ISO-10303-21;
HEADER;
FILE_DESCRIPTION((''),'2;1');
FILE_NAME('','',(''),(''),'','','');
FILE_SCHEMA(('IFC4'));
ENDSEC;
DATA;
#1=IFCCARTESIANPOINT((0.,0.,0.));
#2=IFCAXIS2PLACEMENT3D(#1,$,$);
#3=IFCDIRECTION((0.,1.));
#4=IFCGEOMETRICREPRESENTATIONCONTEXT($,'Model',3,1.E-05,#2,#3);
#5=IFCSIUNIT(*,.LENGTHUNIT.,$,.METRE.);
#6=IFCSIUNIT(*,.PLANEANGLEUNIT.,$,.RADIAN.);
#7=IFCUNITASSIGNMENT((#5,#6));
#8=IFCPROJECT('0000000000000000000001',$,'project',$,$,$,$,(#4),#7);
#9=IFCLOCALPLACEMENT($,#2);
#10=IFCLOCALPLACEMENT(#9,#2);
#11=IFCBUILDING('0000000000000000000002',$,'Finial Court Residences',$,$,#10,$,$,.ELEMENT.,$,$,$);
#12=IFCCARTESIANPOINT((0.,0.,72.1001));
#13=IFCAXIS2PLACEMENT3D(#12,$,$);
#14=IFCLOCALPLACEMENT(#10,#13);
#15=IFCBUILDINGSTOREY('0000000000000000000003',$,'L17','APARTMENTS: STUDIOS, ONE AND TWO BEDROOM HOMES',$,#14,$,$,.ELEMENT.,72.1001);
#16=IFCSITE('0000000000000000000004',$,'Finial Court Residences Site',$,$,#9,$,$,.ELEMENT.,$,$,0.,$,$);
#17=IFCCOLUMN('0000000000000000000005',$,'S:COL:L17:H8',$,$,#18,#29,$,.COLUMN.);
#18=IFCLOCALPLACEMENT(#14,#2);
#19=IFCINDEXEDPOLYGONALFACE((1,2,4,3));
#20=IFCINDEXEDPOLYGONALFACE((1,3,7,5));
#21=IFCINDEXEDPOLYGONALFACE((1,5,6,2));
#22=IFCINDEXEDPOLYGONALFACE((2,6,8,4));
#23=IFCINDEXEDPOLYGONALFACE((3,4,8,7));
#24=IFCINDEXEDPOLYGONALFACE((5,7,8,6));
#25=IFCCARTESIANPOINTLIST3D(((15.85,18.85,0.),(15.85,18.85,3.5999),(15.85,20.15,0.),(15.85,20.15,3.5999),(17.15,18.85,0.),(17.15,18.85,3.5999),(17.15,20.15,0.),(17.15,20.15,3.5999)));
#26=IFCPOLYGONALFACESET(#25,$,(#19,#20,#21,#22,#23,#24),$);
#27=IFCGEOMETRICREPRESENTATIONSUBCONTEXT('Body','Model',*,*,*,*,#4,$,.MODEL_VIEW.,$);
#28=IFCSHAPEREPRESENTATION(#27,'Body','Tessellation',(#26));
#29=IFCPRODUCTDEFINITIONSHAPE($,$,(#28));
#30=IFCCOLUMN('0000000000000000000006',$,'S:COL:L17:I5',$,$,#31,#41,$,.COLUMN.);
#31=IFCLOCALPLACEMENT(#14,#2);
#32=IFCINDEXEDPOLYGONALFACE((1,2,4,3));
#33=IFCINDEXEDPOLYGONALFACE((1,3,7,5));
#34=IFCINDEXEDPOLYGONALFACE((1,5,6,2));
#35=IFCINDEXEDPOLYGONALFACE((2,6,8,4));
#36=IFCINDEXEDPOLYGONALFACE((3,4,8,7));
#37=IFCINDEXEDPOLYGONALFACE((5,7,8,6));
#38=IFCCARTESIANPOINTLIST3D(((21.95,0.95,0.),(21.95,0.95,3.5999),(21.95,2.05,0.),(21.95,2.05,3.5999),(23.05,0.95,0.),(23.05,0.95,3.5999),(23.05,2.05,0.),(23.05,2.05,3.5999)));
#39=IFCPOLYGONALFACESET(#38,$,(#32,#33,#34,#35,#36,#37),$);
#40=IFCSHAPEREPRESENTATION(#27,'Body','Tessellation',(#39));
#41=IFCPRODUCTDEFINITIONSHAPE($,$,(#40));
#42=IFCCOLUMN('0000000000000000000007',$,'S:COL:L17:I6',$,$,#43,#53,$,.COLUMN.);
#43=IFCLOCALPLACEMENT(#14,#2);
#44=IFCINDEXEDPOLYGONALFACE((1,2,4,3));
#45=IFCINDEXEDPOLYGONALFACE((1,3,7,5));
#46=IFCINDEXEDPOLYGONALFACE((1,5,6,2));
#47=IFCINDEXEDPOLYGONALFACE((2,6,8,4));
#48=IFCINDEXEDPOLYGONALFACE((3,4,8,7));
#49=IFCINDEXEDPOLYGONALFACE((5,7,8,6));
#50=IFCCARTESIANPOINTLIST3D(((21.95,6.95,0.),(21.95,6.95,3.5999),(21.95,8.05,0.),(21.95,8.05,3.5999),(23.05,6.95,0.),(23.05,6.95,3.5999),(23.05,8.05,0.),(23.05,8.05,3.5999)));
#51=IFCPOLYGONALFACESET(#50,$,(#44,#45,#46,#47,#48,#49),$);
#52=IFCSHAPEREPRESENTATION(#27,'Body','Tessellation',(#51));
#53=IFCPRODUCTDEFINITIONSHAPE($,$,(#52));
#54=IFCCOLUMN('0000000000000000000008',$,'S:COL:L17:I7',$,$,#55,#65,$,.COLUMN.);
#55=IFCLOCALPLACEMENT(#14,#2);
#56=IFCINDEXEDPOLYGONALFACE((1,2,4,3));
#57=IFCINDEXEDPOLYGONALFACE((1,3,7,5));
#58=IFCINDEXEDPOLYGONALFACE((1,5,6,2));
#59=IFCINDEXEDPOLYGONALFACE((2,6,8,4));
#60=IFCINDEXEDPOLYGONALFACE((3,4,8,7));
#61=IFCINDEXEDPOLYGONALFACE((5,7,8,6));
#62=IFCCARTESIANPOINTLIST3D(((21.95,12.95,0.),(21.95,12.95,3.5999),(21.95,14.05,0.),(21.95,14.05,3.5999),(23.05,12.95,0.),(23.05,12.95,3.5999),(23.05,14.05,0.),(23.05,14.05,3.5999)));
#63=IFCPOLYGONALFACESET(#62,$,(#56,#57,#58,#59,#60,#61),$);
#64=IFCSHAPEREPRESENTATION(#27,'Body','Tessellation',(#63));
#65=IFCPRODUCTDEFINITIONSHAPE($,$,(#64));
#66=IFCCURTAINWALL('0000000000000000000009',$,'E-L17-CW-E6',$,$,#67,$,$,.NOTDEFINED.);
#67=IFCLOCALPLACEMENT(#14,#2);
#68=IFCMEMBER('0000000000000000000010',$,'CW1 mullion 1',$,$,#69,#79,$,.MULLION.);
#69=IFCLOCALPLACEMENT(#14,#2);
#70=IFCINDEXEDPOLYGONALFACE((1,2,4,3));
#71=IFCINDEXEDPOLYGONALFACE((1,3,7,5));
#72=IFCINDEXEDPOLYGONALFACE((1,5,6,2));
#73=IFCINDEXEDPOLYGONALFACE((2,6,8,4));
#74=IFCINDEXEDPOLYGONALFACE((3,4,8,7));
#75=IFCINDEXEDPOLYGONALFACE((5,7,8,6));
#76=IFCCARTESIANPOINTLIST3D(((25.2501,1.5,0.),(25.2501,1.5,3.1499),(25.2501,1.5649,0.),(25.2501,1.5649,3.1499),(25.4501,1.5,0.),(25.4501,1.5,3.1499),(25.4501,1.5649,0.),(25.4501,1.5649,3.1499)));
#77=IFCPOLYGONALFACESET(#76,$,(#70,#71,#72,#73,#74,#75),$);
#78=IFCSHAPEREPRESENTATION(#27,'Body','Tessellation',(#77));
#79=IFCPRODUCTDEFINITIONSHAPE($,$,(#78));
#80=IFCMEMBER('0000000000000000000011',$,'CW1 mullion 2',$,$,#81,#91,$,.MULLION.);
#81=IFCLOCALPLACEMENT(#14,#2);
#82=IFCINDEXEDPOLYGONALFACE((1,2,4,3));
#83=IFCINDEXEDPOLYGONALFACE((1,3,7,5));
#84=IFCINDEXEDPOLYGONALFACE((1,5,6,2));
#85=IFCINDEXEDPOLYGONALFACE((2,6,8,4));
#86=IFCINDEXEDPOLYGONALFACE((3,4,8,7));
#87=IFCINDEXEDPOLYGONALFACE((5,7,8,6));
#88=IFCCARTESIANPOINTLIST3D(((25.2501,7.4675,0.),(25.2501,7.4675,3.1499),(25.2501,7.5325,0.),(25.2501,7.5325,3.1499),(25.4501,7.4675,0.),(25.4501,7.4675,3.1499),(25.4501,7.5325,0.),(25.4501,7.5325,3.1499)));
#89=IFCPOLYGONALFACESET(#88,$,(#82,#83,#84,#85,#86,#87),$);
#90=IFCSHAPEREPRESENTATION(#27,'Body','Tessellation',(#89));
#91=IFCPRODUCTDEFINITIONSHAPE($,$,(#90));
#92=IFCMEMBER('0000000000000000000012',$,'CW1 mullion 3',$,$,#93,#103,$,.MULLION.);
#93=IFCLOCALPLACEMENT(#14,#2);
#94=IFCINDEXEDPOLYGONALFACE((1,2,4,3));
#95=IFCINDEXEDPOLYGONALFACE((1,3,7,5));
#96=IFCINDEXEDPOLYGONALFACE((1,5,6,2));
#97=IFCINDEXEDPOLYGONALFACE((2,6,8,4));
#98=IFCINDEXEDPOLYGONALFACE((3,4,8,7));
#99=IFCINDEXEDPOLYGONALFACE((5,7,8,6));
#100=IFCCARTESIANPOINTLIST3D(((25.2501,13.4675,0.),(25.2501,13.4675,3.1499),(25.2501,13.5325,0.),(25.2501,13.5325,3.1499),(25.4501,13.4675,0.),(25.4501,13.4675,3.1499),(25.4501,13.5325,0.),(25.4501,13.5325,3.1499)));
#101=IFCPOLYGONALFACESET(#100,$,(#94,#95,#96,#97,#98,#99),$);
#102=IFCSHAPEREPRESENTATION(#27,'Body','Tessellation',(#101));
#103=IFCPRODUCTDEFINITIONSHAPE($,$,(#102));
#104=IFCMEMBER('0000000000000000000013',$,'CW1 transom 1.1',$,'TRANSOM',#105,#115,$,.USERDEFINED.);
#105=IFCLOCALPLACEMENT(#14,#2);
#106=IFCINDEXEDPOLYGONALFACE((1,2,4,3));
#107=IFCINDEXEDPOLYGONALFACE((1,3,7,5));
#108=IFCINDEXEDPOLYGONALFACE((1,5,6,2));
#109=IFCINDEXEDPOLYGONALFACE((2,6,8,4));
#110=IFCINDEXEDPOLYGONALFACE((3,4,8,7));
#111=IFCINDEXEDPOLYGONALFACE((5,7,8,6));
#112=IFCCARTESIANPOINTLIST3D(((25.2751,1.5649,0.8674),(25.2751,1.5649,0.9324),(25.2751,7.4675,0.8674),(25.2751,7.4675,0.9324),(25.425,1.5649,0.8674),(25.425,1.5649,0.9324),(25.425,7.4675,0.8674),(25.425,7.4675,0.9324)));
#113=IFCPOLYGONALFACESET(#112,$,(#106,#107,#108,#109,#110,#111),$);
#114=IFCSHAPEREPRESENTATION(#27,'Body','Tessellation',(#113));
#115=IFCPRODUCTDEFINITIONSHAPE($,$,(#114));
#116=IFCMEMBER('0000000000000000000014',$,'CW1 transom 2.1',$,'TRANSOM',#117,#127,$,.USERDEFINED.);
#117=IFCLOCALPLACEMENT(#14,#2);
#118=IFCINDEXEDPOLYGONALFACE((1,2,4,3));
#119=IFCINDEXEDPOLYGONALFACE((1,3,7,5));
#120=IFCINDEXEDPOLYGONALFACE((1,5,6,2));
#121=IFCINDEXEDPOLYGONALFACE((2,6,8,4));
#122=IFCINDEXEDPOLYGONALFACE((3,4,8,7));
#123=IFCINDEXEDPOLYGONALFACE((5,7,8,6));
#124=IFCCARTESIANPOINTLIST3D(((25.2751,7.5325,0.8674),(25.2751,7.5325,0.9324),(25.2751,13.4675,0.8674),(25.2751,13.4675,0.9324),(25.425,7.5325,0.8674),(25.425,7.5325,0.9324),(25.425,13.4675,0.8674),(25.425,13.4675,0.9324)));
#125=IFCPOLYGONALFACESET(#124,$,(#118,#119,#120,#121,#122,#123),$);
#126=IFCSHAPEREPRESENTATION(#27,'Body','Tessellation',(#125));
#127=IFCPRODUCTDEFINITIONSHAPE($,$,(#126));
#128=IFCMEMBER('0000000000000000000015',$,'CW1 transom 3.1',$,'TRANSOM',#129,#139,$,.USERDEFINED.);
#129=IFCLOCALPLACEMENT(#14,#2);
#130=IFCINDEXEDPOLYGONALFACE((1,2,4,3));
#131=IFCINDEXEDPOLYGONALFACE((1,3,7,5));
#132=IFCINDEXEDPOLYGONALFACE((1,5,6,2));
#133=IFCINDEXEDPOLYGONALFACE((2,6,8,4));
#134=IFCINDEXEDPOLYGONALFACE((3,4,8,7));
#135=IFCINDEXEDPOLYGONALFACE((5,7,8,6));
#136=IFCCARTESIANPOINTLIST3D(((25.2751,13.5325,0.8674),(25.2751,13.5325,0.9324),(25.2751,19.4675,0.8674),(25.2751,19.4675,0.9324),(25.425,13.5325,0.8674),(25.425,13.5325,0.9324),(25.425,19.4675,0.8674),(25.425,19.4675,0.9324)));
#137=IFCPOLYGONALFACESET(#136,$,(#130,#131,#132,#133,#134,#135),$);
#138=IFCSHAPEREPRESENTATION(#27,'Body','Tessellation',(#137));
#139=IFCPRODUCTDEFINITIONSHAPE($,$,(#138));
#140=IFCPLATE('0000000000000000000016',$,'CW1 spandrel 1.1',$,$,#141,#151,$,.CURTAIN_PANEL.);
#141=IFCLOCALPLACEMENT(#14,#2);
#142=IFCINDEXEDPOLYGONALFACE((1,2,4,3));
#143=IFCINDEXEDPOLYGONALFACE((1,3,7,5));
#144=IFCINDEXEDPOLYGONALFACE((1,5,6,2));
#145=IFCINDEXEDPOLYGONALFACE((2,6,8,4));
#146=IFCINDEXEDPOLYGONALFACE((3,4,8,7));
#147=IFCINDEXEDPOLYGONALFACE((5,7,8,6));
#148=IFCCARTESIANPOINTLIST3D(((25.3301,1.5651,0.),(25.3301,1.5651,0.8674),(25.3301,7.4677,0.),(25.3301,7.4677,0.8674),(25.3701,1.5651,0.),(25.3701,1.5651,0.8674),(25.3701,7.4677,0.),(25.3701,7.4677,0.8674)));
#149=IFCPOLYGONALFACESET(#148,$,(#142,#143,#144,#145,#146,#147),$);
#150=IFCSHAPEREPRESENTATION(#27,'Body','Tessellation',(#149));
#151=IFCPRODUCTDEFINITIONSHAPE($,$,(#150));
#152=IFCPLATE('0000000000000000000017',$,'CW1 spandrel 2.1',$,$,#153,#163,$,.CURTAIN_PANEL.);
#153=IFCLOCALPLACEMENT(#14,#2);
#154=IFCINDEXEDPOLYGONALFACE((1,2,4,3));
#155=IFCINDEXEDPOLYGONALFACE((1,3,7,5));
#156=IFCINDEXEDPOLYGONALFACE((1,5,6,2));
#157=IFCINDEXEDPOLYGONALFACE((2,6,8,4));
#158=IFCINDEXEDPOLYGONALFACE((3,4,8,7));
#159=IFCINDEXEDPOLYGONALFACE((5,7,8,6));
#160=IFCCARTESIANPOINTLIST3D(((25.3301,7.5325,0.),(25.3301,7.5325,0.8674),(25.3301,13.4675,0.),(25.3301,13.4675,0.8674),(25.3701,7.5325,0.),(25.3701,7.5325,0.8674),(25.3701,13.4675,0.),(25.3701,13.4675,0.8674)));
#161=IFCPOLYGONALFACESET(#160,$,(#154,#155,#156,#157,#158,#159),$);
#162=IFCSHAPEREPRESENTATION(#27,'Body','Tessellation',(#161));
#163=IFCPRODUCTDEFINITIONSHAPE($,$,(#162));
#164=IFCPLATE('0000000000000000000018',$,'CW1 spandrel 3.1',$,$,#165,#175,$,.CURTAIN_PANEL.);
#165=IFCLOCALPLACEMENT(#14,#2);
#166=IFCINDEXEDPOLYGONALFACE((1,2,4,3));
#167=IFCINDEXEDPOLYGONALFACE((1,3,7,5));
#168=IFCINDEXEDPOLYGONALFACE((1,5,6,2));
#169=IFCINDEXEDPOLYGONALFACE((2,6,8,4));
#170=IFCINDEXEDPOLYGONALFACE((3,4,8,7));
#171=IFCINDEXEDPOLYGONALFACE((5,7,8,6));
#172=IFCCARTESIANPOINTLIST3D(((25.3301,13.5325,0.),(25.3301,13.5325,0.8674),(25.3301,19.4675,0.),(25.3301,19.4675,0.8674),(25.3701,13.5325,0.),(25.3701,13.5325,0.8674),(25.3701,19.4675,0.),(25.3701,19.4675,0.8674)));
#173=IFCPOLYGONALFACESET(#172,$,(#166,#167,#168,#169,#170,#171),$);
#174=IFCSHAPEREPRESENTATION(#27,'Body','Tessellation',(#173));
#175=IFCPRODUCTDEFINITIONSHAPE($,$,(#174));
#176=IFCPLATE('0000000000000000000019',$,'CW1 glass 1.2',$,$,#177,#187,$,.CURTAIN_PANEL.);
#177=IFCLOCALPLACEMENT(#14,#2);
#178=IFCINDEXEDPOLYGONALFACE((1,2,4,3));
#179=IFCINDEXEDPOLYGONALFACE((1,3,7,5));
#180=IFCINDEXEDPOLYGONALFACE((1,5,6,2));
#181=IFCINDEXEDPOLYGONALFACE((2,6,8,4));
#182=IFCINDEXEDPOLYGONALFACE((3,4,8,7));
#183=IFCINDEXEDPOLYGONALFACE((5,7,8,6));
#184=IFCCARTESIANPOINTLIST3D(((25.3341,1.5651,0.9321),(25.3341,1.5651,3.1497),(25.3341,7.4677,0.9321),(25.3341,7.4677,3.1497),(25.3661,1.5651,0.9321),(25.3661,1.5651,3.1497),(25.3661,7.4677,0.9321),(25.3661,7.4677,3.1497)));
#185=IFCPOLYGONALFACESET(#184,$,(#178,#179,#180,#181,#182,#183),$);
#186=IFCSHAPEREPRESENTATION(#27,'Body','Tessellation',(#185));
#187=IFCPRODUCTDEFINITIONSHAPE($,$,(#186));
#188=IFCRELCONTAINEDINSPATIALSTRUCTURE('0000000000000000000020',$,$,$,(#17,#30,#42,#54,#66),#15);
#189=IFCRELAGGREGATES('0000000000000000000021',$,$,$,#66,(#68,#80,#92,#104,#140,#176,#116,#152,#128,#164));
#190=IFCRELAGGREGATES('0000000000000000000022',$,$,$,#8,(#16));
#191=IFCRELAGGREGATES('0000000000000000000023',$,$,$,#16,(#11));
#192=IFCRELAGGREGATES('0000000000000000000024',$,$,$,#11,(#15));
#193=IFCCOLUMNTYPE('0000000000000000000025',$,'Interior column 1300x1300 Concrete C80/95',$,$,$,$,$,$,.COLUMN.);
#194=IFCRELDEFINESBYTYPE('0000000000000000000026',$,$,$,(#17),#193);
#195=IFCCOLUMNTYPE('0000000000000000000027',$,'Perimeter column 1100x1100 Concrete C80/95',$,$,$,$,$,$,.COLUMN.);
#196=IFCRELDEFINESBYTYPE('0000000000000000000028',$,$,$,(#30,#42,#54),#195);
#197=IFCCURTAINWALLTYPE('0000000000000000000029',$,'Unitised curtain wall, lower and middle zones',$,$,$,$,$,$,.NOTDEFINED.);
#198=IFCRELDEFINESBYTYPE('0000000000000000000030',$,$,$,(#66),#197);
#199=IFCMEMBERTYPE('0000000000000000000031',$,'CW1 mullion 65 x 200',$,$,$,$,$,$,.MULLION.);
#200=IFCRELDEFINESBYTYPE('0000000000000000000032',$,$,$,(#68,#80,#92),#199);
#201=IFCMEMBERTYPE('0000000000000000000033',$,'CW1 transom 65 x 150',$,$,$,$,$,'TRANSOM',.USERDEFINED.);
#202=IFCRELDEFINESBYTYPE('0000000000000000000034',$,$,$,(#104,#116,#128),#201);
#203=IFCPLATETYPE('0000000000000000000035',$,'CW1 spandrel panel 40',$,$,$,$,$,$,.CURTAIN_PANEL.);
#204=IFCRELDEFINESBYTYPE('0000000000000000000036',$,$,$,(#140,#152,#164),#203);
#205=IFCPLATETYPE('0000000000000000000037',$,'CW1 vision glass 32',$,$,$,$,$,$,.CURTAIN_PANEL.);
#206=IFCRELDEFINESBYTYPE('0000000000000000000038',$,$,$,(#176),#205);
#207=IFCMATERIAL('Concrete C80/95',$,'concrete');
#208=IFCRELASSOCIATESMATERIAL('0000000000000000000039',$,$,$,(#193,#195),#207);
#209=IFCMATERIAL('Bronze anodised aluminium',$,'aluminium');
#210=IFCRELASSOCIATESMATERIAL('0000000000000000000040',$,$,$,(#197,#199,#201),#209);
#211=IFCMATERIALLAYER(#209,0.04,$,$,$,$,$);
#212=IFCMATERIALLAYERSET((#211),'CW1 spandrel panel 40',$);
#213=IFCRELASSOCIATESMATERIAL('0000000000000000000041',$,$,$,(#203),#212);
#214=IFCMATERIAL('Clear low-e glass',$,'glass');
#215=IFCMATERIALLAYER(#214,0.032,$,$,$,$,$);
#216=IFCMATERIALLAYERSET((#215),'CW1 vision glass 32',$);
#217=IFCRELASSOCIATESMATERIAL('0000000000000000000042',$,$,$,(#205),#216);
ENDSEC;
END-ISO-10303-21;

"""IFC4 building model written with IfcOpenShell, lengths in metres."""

from ifc_helpers import new_model, si_unit, direction, frame, origin, origin_2d, place, context, subcontext, project, spatial, rectangle, extrude, material, layer, layer_set, material_profile, profile_set, type_object, element, aggregate, save


model = new_model("IFC4")

# Units and contexts
model_context = context("Model", 3, precision=1e-05, world=origin(), true_north=direction((0.0, 1.0)))
body_context = subcontext(model_context, "Body", "Model", "MODEL_VIEW")
ifc_project = project(units=[si_unit("LENGTHUNIT", "METRE"), si_unit("PLANEANGLEUNIT", "RADIAN")], contexts=[model_context])

# Site, building, storey
site_placement = place(None, origin())
site = spatial("IfcSite", under=ifc_project, at=site_placement, Name="Finial Court Residences Site", CompositionType="ELEMENT", RefElevation=0.0)
building_placement = place(site_placement, origin())
building = spatial("IfcBuilding", under=site, at=building_placement, Name="Finial Court Residences", CompositionType="ELEMENT")
storey_placement = place(building_placement, frame((0.0, 0.0, 72.1001)))
storey = spatial("IfcBuildingStorey", under=building, at=storey_placement, Name="L17", Description="APARTMENTS: STUDIOS, ONE AND TWO BEDROOM HOMES", CompositionType="ELEMENT", Elevation=72.1001)

# Columns
ifc_material_1 = material(Name="Concrete C80/95", Category="concrete")
ifc_material_profile_1 = material_profile(ifc_material_1, rectangle(XDim=1.3, YDim=1.3, at=origin_2d()), Name="1300x1300")
ifc_profile_set_1 = profile_set([ifc_material_profile_1], Name="Concrete C80/95")
column_type_1 = type_object("IfcColumnType", Name="Interior column 1300x1300 Concrete C80/95", PredefinedType="COLUMN", material=ifc_profile_set_1)
column_placement = place(storey_placement, frame((16.5, 19.5, 0.0), z_axis=(0.0, 0.0, 1.0), x_axis=(1.0, 0.0, 0.0)))
element("IfcColumn", 1, at=column_placement, inside=storey, type_object=column_type_1, Name="S:COL:L17:H8", PredefinedType="COLUMN", context=body_context, shape_type="SweptSolid", body=[
    extrude(rectangle(XDim=1.3, YDim=1.3, at=origin_2d()), origin(), (0.0, 0.0, 1.0), 3.5999),
])
ifc_material_profile_2 = material_profile(ifc_material_1, rectangle(XDim=1.1001, YDim=1.1001, at=origin_2d()), Name="1100x1100")
ifc_profile_set_2 = profile_set([ifc_material_profile_2], Name="Concrete C80/95")
column_type_2 = type_object("IfcColumnType", Name="Perimeter column 1100x1100 Concrete C80/95", PredefinedType="COLUMN", material=ifc_profile_set_2)
for number, where, z_axis, x_axis, name in (
    (2, (22.5, 1.5, 0.0), (0.0, 0.0, 1.0), (1.0, 0.0, 0.0), "S:COL:L17:I5"),
    (3, (22.5, 7.5, 0.0), (0.0, 0.0, 1.0), (1.0, 0.0, 0.0), "S:COL:L17:I6"),
    (4, (22.5, 13.5, 0.0), (0.0, 0.0, 1.0), (1.0, 0.0, 0.0), "S:COL:L17:I7"),
):
    element("IfcColumn", number, at=place(storey_placement, frame(where, z_axis=z_axis, x_axis=x_axis)), inside=storey, type_object=column_type_2, Name=name, PredefinedType="COLUMN", context=body_context, shape_type="SweptSolid", body=[
        extrude(rectangle(XDim=1.1001, YDim=1.1001, at=origin_2d()), origin(), (0.0, 0.0, 1.0), 3.5999),
    ])

# Curtain wall, members, plates
ifc_material_2 = material(Name="Bronze anodised aluminium", Category="aluminium")
curtain_wall_type = type_object("IfcCurtainWallType", Name="Unitised curtain wall, lower and middle zones", PredefinedType="NOTDEFINED", material=ifc_material_2)
curtain_wall_placement = place(storey_placement, origin())
curtain_wall = element("IfcCurtainWall", 5, at=curtain_wall_placement, inside=storey, type_object=curtain_wall_type, Name="E-L17-CW-E6", PredefinedType="NOTDEFINED")
ifc_material_profile_3 = material_profile(ifc_material_2, rectangle(XDim=0.2, YDim=0.0649, at=origin_2d()), Name="CW1 mullion 65 x 200")
ifc_profile_set_3 = profile_set([ifc_material_profile_3], Name="Bronze anodised aluminium")
member_type_1 = type_object("IfcMemberType", Name="CW1 mullion 65 x 200", PredefinedType="MULLION", material=ifc_profile_set_3)
member_1_placement = place(storey_placement, frame((25.3501, 1.5325, 0.0), z_axis=(0.0, 0.0, 1.0), x_axis=(-1.0, 0.0, 0.0)))
member_1 = element("IfcMember", 6, at=member_1_placement, type_object=member_type_1, Name="CW1 mullion 1", PredefinedType="MULLION", context=body_context, shape_type="SweptSolid", body=[
    extrude(rectangle(XDim=0.2, YDim=0.0649, at=origin_2d()), origin(), (0.0, 0.0, 1.0), 3.1499),
])
member_2_placement = place(storey_placement, frame((25.3501, 7.5, 0.0), z_axis=(0.0, 0.0, 1.0), x_axis=(-1.0, 0.0, 0.0)))
member_2 = element("IfcMember", 7, at=member_2_placement, type_object=member_type_1, Name="CW1 mullion 2", PredefinedType="MULLION", context=body_context, shape_type="SweptSolid", body=[
    extrude(rectangle(XDim=0.2, YDim=0.0649, at=origin_2d()), origin(), (0.0, 0.0, 1.0), 3.1499),
])
member_3_placement = place(storey_placement, frame((25.3501, 13.5, 0.0), z_axis=(0.0, 0.0, 1.0), x_axis=(-1.0, 0.0, 0.0)))
member_3 = element("IfcMember", 8, at=member_3_placement, type_object=member_type_1, Name="CW1 mullion 3", PredefinedType="MULLION", context=body_context, shape_type="SweptSolid", body=[
    extrude(rectangle(XDim=0.2, YDim=0.0649, at=origin_2d()), origin(), (0.0, 0.0, 1.0), 3.1499),
])
ifc_material_profile_4 = material_profile(ifc_material_2, rectangle(XDim=0.1499, YDim=0.0649, at=origin_2d()), Name="CW1 transom 65 x 150")
ifc_profile_set_4 = profile_set([ifc_material_profile_4], Name="Bronze anodised aluminium")
member_type_2 = type_object("IfcMemberType", Name="CW1 transom 65 x 150", ElementType="TRANSOM", PredefinedType="USERDEFINED", material=ifc_profile_set_4)
member_4_placement = place(storey_placement, frame((25.3501, 1.5649, 0.8999), z_axis=(0.0, 1.0, 0.0), x_axis=(-1.0, 0.0, 0.0)))
member_4 = element("IfcMember", 9, at=member_4_placement, type_object=member_type_2, Name="CW1 transom 1.1", ObjectType="TRANSOM", PredefinedType="USERDEFINED", context=body_context, shape_type="SweptSolid", body=[
    extrude(rectangle(XDim=0.1499, YDim=0.0649, at=origin_2d()), origin(), (0.0, 0.0, 1.0), 5.9026),
])
member_5_placement = place(storey_placement, frame((25.3501, 7.5325, 0.8999), z_axis=(0.0, 1.0, 0.0), x_axis=(-1.0, 0.0, 0.0)))
member_5 = element("IfcMember", 10, at=member_5_placement, type_object=member_type_2, Name="CW1 transom 2.1", ObjectType="TRANSOM", PredefinedType="USERDEFINED", context=body_context, shape_type="SweptSolid", body=[
    extrude(rectangle(XDim=0.1499, YDim=0.0649, at=origin_2d()), origin(), (0.0, 0.0, 1.0), 5.9351),
])
member_6_placement = place(storey_placement, frame((25.3501, 13.5325, 0.8999), z_axis=(0.0, 1.0, 0.0), x_axis=(-1.0, 0.0, 0.0)))
member_6 = element("IfcMember", 11, at=member_6_placement, type_object=member_type_2, Name="CW1 transom 3.1", ObjectType="TRANSOM", PredefinedType="USERDEFINED", context=body_context, shape_type="SweptSolid", body=[
    extrude(rectangle(XDim=0.1499, YDim=0.0649, at=origin_2d()), origin(), (0.0, 0.0, 1.0), 5.9351),
])
ifc_layer_1 = layer(ifc_material_2, 0.04)
ifc_layer_set_1 = layer_set([ifc_layer_1], Name="CW1 spandrel panel 40")
plate_type_1 = type_object("IfcPlateType", Name="CW1 spandrel panel 40", PredefinedType="CURTAIN_PANEL", material=ifc_layer_set_1)
plate_1_placement = place(storey_placement, frame((25.3501, 4.5164, 0.0), z_axis=(0.0, 0.0, 1.0), x_axis=(0.0, 1.0, 0.0)))
plate_1 = element("IfcPlate", 12, at=plate_1_placement, type_object=plate_type_1, Name="CW1 spandrel 1.1", PredefinedType="CURTAIN_PANEL", context=body_context, shape_type="SweptSolid", body=[
    extrude(rectangle(XDim=5.9026, YDim=0.04, at=origin_2d()), origin(), (0.0, 0.0, 1.0), 0.8674),
])
plate_2_placement = place(storey_placement, frame((25.3501, 10.5, 0.0), z_axis=(0.0, 0.0, 1.0), x_axis=(0.0, 1.0, 0.0)))
plate_2 = element("IfcPlate", 13, at=plate_2_placement, type_object=plate_type_1, Name="CW1 spandrel 2.1", PredefinedType="CURTAIN_PANEL", context=body_context, shape_type="SweptSolid", body=[
    extrude(rectangle(XDim=5.9351, YDim=0.04, at=origin_2d()), origin(), (0.0, 0.0, 1.0), 0.8674),
])
plate_3_placement = place(storey_placement, frame((25.3501, 16.5, 0.0), z_axis=(0.0, 0.0, 1.0), x_axis=(0.0, 1.0, 0.0)))
plate_3 = element("IfcPlate", 14, at=plate_3_placement, type_object=plate_type_1, Name="CW1 spandrel 3.1", PredefinedType="CURTAIN_PANEL", context=body_context, shape_type="SweptSolid", body=[
    extrude(rectangle(XDim=5.9351, YDim=0.04, at=origin_2d()), origin(), (0.0, 0.0, 1.0), 0.8674),
])
ifc_material_3 = material(Name="Clear low-e glass", Category="glass")
ifc_layer_2 = layer(ifc_material_3, 0.032)
ifc_layer_set_2 = layer_set([ifc_layer_2], Name="CW1 vision glass 32")
plate_type_2 = type_object("IfcPlateType", Name="CW1 vision glass 32", PredefinedType="CURTAIN_PANEL", material=ifc_layer_set_2)
plate_4_placement = place(storey_placement, frame((25.3501, 4.5164, 0.9321), z_axis=(0.0, 0.0, 1.0), x_axis=(0.0, 1.0, 0.0)))
plate_4 = element("IfcPlate", 15, at=plate_4_placement, type_object=plate_type_2, Name="CW1 glass 1.2", PredefinedType="CURTAIN_PANEL", context=body_context, shape_type="SweptSolid", body=[
    extrude(rectangle(XDim=5.9026, YDim=0.032, at=origin_2d()), origin(), (0.0, 0.0, 1.0), 2.2175),
])
aggregate(curtain_wall, [member_1, member_2, member_3, member_4, plate_1, plate_4, member_5, plate_2, member_6, plate_3])

save(model, "model.ifc")
